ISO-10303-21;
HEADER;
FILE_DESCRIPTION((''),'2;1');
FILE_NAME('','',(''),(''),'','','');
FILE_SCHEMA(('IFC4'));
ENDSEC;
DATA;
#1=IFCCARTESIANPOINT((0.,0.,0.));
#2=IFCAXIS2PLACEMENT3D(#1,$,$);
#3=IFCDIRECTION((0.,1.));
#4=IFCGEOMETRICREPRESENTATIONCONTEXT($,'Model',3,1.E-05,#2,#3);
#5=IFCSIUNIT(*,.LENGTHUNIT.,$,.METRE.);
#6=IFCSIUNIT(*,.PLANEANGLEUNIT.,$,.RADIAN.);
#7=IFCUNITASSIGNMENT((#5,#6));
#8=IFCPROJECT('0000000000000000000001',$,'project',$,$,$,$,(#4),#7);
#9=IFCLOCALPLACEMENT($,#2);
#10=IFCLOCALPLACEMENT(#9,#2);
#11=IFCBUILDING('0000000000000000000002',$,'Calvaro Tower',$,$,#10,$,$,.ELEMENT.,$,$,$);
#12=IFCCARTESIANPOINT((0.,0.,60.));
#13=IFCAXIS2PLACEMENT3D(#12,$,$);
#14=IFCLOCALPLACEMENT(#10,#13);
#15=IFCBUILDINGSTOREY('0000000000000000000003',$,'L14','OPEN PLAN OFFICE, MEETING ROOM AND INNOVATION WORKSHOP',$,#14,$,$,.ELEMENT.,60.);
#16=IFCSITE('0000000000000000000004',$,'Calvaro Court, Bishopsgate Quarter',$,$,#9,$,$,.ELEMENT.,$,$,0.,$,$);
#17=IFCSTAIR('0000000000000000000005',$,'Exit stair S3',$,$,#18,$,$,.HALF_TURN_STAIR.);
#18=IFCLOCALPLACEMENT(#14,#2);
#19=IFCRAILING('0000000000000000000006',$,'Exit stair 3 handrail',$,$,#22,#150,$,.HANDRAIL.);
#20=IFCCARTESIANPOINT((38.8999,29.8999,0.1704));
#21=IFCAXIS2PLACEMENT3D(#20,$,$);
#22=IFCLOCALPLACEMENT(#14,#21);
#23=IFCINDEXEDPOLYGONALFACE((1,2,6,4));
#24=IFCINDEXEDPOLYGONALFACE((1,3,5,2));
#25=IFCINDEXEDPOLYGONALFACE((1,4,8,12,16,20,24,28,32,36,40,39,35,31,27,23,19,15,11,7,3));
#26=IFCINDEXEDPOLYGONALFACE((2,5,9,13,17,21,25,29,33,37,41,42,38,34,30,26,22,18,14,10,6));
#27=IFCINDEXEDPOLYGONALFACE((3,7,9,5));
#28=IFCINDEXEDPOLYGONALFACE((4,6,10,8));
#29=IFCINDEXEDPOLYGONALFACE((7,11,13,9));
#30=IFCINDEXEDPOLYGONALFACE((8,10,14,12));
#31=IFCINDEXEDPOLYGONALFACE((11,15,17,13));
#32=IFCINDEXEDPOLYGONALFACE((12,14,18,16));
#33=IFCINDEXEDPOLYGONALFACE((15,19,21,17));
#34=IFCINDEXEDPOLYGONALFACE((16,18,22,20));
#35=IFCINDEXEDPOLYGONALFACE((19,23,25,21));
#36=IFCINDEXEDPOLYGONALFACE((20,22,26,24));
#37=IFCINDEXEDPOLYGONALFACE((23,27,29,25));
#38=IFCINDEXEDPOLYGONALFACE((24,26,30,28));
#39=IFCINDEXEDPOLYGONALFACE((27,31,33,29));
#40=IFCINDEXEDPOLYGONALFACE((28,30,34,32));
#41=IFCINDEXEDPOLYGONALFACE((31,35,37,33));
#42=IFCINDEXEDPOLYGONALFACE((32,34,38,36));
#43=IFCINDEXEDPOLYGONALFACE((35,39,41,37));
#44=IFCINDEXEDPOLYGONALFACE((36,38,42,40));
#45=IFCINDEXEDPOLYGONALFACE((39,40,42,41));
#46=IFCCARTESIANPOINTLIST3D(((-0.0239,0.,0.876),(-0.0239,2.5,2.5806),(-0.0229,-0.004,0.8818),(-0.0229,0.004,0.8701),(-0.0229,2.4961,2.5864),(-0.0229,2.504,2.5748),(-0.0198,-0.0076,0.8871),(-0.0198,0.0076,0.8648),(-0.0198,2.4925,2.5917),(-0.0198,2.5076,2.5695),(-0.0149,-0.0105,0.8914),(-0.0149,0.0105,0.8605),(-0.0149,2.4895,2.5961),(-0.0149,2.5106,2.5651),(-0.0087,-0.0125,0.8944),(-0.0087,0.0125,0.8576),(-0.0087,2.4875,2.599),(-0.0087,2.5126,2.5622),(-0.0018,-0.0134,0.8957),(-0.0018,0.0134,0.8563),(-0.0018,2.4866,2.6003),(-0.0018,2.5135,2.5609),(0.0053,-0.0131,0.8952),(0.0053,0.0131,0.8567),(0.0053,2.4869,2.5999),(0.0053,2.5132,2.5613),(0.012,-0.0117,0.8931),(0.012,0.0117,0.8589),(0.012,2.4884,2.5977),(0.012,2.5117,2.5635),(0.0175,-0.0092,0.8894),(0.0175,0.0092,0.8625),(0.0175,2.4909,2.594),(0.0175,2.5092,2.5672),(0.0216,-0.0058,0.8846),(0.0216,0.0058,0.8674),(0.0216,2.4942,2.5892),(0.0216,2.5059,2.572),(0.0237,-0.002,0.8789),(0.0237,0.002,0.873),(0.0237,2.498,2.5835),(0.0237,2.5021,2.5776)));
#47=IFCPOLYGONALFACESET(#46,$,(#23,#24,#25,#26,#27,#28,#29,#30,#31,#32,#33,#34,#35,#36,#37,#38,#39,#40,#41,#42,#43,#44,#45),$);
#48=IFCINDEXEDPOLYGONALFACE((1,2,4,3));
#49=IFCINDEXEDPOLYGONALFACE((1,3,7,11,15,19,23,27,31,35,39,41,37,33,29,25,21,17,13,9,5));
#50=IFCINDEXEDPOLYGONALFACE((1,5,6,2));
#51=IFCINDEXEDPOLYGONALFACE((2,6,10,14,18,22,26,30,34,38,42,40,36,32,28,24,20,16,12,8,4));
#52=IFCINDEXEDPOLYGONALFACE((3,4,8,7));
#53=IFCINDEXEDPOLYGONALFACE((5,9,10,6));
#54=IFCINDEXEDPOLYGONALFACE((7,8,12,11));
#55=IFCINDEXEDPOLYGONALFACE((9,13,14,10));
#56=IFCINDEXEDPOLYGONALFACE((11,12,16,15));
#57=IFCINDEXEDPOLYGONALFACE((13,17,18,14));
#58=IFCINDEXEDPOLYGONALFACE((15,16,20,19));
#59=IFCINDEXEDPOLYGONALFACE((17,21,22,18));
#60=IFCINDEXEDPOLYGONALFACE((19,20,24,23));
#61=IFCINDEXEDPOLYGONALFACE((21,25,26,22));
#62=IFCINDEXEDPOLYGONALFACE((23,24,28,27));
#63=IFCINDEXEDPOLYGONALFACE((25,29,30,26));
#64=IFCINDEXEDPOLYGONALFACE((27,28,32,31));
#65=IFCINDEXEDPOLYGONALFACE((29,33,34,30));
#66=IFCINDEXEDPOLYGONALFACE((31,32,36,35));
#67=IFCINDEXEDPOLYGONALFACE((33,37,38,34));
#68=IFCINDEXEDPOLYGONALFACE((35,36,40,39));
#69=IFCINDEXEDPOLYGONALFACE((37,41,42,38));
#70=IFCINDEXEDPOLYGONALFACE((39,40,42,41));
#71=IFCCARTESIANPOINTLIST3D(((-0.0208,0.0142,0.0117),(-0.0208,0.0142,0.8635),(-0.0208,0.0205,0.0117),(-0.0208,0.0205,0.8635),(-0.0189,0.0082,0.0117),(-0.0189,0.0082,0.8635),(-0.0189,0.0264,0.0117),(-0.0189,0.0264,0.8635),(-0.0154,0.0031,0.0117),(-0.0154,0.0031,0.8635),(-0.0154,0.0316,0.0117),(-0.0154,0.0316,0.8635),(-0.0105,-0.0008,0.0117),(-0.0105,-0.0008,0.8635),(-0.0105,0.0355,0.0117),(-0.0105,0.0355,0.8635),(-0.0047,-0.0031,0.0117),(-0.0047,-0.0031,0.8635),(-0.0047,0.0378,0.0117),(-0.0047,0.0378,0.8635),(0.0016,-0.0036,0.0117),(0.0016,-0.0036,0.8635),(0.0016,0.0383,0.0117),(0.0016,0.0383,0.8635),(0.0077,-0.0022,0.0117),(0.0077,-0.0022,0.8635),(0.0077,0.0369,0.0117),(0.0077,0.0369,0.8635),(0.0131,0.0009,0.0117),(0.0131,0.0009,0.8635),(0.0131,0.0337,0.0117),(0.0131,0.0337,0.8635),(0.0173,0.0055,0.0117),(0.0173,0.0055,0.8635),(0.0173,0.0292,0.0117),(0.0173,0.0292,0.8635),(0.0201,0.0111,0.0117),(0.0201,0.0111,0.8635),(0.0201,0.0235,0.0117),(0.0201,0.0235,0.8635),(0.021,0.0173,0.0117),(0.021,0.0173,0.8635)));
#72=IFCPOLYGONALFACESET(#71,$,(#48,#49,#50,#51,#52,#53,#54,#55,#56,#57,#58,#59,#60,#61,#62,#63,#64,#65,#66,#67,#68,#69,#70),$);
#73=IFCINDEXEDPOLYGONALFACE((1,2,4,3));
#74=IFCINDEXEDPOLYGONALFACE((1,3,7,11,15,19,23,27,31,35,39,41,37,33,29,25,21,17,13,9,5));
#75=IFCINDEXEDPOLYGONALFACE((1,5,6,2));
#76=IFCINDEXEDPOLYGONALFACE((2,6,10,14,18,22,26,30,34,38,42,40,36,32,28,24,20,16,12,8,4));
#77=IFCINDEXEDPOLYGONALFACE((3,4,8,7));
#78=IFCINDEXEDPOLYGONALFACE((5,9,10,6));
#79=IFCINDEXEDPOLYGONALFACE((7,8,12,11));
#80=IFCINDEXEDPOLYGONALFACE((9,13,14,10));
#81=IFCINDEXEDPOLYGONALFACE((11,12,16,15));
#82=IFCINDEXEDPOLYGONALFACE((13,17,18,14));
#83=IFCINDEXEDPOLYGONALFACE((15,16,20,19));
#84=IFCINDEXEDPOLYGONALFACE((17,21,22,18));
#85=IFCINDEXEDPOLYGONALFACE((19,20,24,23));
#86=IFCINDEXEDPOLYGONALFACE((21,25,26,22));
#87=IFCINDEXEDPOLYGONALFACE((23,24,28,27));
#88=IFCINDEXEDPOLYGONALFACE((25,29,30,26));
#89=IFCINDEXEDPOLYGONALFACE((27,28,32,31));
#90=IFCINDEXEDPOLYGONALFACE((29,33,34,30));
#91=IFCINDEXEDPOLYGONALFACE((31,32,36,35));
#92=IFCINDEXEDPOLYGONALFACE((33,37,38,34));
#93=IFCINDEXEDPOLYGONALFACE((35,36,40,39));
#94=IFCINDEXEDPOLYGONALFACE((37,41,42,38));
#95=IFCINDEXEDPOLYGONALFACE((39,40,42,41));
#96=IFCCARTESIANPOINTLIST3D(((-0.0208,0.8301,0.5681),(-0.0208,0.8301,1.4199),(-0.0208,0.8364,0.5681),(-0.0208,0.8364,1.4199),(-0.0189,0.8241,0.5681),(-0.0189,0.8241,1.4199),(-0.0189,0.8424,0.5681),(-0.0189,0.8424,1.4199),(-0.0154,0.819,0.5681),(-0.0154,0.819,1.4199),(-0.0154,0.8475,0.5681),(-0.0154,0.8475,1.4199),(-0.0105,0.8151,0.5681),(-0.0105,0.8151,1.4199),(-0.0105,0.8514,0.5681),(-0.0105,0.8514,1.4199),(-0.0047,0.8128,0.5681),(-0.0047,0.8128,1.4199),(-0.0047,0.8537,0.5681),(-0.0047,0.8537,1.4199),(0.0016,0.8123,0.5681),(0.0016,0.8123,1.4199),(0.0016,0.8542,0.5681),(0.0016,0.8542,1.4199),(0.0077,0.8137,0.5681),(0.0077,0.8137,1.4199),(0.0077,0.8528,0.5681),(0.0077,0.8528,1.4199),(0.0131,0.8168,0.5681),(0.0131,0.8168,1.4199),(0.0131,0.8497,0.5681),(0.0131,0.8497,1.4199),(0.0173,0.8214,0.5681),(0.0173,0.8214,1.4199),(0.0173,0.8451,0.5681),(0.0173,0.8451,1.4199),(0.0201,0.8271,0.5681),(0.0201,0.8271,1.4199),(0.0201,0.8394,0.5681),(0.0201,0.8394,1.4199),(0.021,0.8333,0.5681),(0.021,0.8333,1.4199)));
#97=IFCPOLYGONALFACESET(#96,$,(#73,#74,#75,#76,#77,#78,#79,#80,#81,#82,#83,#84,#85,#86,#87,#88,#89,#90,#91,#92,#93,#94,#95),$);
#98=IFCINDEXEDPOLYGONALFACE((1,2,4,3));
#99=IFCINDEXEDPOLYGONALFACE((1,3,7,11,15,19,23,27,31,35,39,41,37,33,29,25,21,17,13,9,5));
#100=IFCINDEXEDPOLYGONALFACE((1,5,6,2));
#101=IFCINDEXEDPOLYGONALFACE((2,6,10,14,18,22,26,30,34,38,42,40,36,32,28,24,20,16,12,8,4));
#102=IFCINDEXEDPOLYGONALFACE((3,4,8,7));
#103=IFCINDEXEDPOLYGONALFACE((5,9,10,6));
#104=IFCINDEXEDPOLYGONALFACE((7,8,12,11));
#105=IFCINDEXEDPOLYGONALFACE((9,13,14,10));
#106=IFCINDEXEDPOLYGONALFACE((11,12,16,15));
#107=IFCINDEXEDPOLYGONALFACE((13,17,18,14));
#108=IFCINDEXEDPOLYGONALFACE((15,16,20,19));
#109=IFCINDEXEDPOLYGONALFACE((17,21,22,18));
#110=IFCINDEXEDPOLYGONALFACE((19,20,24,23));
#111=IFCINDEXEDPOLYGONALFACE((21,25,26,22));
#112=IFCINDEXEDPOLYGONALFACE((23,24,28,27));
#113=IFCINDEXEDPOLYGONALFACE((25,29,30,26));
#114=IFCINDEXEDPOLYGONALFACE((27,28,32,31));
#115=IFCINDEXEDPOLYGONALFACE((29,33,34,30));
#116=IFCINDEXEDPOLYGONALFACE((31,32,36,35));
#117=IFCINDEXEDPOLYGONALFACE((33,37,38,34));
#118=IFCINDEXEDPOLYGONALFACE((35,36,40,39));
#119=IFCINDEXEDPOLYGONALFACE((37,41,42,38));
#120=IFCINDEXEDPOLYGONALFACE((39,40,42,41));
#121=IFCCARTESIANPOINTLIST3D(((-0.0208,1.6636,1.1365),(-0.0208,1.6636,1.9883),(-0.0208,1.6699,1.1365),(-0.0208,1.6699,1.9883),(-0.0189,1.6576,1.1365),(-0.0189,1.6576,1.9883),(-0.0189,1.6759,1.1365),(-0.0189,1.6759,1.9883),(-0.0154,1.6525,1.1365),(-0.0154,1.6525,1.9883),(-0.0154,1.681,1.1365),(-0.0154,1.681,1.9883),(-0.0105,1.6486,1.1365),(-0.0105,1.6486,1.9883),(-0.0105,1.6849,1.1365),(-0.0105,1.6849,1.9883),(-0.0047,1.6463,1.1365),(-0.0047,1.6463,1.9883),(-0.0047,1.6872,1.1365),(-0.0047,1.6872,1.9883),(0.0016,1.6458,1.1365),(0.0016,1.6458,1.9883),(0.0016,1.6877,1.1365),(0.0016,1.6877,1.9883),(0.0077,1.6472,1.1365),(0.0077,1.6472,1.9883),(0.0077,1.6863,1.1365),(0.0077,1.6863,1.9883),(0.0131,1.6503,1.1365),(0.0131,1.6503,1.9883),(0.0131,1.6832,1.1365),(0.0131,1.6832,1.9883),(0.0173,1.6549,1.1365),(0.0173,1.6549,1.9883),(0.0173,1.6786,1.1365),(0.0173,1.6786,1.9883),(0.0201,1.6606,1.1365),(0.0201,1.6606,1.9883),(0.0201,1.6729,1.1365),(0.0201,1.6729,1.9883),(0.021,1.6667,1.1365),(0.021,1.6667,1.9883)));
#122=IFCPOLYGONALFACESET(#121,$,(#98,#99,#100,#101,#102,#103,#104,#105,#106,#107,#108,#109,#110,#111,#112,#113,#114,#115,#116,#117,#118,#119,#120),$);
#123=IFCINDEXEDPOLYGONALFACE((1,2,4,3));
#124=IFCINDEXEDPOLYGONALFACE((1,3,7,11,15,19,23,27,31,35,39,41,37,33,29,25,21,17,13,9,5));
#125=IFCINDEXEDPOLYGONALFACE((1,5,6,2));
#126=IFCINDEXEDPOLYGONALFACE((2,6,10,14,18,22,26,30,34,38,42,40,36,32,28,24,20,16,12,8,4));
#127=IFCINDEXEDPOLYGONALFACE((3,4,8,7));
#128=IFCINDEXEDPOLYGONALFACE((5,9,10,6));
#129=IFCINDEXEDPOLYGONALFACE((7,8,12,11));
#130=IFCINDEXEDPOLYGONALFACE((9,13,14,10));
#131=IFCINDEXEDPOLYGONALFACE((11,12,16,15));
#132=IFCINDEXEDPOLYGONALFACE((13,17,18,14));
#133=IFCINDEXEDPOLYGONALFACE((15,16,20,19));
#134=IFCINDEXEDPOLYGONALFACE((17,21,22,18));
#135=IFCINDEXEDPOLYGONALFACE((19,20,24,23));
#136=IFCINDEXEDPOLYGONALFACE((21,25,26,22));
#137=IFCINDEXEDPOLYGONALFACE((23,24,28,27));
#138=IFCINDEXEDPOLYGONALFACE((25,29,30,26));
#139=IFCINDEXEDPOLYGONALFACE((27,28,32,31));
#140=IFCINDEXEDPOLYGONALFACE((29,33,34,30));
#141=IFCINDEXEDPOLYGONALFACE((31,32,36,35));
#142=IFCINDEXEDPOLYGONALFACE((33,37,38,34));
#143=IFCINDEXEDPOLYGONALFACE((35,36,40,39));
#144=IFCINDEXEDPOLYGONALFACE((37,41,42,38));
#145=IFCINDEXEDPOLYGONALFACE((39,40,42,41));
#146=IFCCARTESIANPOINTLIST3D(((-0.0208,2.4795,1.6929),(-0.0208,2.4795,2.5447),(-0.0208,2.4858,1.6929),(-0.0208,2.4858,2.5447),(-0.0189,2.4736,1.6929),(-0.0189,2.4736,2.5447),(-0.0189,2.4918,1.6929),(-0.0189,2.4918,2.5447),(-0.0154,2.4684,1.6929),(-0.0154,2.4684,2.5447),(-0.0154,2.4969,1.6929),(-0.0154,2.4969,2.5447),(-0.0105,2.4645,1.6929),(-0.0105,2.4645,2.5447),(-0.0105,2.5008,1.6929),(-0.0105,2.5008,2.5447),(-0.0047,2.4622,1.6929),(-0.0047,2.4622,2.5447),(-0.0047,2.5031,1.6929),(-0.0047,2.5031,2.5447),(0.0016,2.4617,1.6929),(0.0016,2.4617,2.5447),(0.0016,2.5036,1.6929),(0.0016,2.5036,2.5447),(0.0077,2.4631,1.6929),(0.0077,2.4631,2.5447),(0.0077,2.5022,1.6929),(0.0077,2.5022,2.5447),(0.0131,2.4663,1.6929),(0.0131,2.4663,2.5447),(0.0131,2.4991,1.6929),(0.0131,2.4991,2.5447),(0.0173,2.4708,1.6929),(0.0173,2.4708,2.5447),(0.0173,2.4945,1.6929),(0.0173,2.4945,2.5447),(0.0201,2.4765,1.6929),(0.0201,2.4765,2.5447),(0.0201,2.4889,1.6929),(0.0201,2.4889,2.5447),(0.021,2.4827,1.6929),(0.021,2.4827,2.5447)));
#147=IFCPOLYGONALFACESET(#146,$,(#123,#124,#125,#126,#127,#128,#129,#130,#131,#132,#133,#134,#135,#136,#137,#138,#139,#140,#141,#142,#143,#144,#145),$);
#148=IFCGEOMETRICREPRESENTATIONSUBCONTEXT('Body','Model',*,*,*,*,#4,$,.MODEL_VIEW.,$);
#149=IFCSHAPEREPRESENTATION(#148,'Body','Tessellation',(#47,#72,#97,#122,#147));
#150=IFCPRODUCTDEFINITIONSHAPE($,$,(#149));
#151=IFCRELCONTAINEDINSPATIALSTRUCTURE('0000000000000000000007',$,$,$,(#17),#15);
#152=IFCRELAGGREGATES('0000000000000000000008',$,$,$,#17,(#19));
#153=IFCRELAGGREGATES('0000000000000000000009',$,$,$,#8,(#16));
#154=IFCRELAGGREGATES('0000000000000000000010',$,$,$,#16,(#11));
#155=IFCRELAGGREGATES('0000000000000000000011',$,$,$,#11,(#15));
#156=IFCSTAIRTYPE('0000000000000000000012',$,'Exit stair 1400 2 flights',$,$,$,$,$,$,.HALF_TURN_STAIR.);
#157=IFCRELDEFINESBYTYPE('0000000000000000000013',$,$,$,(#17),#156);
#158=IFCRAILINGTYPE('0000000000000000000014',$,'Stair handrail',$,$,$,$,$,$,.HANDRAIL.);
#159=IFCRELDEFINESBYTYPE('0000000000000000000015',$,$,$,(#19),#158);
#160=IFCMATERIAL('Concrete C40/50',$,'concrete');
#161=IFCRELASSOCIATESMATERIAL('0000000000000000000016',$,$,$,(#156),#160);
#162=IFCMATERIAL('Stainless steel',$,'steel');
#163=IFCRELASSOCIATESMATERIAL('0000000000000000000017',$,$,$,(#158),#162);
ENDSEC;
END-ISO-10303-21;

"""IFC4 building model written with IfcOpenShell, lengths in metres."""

from ifc_helpers import new_model, si_unit, direction, frame, origin, origin_2d, place, context, subcontext, project, spatial, circle, extrude, material, type_object, element, aggregate, save


model = new_model("IFC4")

# Units and contexts
model_context = context("Model", 3, precision=1e-05, world=origin(), true_north=direction((0.0, 1.0)))
body_context = subcontext(model_context, "Body", "Model", "MODEL_VIEW")
ifc_project = project(units=[si_unit("LENGTHUNIT", "METRE"), si_unit("PLANEANGLEUNIT", "RADIAN")], contexts=[model_context])

# Site, building, storey
site_placement = place(None, origin())
site = spatial("IfcSite", under=ifc_project, at=site_placement, Name="Calvaro Court, Bishopsgate Quarter", CompositionType="ELEMENT", RefElevation=0.0)
building_placement = place(site_placement, origin())
building = spatial("IfcBuilding", under=site, at=building_placement, Name="Calvaro Tower", CompositionType="ELEMENT")
storey_placement = place(building_placement, frame((0.0, 0.0, 60.0)))
storey = spatial("IfcBuildingStorey", under=building, at=storey_placement, Name="L14", Description="OPEN PLAN OFFICE, MEETING ROOM AND INNOVATION WORKSHOP", CompositionType="ELEMENT", Elevation=60.0)

# Stair
ifc_material_1 = material(Name="Concrete C40/50", Category="concrete")
stair_type = type_object("IfcStairType", Name="Exit stair 1400 2 flights", PredefinedType="HALF_TURN_STAIR", material=ifc_material_1)
stair_1_placement = place(storey_placement, origin())
stair_1 = element("IfcStair", 1, at=stair_1_placement, inside=storey, type_object=stair_type, Name="Exit stair S3", PredefinedType="HALF_TURN_STAIR")

# Railing
ifc_material_2 = material(Name="Stainless steel", Category="steel")
railing_type = type_object("IfcRailingType", Name="Stair handrail", PredefinedType="HANDRAIL", material=ifc_material_2)
railing_1_placement = place(storey_placement, frame((38.8999, 29.8999, 0.1704)))
railing_1 = element("IfcRailing", 2, at=railing_1_placement, type_object=railing_type, Name="Exit stair 3 handrail", PredefinedType="HANDRAIL", context=body_context, shape_type="SweptSolid", body=[
    extrude(circle(Radius=0.0239, at=origin_2d()), frame((0.0, 0.0, 0.876), z_axis=(0.0, 0.826221, 0.563347), x_axis=(-1.0, 0.0, 0.0)), (0.0, 0.0, 1.0), 3.0259),
    extrude(circle(Radius=0.021, at=origin_2d()), frame((0.0, 0.0173, 0.0117)), (0.0, 0.0, 1.0), 0.8518),
    extrude(circle(Radius=0.021, at=origin_2d()), frame((0.0, 0.8333, 0.5681)), (0.0, 0.0, 1.0), 0.8518),
    extrude(circle(Radius=0.021, at=origin_2d()), frame((0.0, 1.6667, 1.1365)), (0.0, 0.0, 1.0), 0.8518),
    extrude(circle(Radius=0.021, at=origin_2d()), frame((0.0, 2.4827, 1.6929)), (0.0, 0.0, 1.0), 0.8518),
])
aggregate(stair_1, [railing_1])

save(model, "model.ifc")
